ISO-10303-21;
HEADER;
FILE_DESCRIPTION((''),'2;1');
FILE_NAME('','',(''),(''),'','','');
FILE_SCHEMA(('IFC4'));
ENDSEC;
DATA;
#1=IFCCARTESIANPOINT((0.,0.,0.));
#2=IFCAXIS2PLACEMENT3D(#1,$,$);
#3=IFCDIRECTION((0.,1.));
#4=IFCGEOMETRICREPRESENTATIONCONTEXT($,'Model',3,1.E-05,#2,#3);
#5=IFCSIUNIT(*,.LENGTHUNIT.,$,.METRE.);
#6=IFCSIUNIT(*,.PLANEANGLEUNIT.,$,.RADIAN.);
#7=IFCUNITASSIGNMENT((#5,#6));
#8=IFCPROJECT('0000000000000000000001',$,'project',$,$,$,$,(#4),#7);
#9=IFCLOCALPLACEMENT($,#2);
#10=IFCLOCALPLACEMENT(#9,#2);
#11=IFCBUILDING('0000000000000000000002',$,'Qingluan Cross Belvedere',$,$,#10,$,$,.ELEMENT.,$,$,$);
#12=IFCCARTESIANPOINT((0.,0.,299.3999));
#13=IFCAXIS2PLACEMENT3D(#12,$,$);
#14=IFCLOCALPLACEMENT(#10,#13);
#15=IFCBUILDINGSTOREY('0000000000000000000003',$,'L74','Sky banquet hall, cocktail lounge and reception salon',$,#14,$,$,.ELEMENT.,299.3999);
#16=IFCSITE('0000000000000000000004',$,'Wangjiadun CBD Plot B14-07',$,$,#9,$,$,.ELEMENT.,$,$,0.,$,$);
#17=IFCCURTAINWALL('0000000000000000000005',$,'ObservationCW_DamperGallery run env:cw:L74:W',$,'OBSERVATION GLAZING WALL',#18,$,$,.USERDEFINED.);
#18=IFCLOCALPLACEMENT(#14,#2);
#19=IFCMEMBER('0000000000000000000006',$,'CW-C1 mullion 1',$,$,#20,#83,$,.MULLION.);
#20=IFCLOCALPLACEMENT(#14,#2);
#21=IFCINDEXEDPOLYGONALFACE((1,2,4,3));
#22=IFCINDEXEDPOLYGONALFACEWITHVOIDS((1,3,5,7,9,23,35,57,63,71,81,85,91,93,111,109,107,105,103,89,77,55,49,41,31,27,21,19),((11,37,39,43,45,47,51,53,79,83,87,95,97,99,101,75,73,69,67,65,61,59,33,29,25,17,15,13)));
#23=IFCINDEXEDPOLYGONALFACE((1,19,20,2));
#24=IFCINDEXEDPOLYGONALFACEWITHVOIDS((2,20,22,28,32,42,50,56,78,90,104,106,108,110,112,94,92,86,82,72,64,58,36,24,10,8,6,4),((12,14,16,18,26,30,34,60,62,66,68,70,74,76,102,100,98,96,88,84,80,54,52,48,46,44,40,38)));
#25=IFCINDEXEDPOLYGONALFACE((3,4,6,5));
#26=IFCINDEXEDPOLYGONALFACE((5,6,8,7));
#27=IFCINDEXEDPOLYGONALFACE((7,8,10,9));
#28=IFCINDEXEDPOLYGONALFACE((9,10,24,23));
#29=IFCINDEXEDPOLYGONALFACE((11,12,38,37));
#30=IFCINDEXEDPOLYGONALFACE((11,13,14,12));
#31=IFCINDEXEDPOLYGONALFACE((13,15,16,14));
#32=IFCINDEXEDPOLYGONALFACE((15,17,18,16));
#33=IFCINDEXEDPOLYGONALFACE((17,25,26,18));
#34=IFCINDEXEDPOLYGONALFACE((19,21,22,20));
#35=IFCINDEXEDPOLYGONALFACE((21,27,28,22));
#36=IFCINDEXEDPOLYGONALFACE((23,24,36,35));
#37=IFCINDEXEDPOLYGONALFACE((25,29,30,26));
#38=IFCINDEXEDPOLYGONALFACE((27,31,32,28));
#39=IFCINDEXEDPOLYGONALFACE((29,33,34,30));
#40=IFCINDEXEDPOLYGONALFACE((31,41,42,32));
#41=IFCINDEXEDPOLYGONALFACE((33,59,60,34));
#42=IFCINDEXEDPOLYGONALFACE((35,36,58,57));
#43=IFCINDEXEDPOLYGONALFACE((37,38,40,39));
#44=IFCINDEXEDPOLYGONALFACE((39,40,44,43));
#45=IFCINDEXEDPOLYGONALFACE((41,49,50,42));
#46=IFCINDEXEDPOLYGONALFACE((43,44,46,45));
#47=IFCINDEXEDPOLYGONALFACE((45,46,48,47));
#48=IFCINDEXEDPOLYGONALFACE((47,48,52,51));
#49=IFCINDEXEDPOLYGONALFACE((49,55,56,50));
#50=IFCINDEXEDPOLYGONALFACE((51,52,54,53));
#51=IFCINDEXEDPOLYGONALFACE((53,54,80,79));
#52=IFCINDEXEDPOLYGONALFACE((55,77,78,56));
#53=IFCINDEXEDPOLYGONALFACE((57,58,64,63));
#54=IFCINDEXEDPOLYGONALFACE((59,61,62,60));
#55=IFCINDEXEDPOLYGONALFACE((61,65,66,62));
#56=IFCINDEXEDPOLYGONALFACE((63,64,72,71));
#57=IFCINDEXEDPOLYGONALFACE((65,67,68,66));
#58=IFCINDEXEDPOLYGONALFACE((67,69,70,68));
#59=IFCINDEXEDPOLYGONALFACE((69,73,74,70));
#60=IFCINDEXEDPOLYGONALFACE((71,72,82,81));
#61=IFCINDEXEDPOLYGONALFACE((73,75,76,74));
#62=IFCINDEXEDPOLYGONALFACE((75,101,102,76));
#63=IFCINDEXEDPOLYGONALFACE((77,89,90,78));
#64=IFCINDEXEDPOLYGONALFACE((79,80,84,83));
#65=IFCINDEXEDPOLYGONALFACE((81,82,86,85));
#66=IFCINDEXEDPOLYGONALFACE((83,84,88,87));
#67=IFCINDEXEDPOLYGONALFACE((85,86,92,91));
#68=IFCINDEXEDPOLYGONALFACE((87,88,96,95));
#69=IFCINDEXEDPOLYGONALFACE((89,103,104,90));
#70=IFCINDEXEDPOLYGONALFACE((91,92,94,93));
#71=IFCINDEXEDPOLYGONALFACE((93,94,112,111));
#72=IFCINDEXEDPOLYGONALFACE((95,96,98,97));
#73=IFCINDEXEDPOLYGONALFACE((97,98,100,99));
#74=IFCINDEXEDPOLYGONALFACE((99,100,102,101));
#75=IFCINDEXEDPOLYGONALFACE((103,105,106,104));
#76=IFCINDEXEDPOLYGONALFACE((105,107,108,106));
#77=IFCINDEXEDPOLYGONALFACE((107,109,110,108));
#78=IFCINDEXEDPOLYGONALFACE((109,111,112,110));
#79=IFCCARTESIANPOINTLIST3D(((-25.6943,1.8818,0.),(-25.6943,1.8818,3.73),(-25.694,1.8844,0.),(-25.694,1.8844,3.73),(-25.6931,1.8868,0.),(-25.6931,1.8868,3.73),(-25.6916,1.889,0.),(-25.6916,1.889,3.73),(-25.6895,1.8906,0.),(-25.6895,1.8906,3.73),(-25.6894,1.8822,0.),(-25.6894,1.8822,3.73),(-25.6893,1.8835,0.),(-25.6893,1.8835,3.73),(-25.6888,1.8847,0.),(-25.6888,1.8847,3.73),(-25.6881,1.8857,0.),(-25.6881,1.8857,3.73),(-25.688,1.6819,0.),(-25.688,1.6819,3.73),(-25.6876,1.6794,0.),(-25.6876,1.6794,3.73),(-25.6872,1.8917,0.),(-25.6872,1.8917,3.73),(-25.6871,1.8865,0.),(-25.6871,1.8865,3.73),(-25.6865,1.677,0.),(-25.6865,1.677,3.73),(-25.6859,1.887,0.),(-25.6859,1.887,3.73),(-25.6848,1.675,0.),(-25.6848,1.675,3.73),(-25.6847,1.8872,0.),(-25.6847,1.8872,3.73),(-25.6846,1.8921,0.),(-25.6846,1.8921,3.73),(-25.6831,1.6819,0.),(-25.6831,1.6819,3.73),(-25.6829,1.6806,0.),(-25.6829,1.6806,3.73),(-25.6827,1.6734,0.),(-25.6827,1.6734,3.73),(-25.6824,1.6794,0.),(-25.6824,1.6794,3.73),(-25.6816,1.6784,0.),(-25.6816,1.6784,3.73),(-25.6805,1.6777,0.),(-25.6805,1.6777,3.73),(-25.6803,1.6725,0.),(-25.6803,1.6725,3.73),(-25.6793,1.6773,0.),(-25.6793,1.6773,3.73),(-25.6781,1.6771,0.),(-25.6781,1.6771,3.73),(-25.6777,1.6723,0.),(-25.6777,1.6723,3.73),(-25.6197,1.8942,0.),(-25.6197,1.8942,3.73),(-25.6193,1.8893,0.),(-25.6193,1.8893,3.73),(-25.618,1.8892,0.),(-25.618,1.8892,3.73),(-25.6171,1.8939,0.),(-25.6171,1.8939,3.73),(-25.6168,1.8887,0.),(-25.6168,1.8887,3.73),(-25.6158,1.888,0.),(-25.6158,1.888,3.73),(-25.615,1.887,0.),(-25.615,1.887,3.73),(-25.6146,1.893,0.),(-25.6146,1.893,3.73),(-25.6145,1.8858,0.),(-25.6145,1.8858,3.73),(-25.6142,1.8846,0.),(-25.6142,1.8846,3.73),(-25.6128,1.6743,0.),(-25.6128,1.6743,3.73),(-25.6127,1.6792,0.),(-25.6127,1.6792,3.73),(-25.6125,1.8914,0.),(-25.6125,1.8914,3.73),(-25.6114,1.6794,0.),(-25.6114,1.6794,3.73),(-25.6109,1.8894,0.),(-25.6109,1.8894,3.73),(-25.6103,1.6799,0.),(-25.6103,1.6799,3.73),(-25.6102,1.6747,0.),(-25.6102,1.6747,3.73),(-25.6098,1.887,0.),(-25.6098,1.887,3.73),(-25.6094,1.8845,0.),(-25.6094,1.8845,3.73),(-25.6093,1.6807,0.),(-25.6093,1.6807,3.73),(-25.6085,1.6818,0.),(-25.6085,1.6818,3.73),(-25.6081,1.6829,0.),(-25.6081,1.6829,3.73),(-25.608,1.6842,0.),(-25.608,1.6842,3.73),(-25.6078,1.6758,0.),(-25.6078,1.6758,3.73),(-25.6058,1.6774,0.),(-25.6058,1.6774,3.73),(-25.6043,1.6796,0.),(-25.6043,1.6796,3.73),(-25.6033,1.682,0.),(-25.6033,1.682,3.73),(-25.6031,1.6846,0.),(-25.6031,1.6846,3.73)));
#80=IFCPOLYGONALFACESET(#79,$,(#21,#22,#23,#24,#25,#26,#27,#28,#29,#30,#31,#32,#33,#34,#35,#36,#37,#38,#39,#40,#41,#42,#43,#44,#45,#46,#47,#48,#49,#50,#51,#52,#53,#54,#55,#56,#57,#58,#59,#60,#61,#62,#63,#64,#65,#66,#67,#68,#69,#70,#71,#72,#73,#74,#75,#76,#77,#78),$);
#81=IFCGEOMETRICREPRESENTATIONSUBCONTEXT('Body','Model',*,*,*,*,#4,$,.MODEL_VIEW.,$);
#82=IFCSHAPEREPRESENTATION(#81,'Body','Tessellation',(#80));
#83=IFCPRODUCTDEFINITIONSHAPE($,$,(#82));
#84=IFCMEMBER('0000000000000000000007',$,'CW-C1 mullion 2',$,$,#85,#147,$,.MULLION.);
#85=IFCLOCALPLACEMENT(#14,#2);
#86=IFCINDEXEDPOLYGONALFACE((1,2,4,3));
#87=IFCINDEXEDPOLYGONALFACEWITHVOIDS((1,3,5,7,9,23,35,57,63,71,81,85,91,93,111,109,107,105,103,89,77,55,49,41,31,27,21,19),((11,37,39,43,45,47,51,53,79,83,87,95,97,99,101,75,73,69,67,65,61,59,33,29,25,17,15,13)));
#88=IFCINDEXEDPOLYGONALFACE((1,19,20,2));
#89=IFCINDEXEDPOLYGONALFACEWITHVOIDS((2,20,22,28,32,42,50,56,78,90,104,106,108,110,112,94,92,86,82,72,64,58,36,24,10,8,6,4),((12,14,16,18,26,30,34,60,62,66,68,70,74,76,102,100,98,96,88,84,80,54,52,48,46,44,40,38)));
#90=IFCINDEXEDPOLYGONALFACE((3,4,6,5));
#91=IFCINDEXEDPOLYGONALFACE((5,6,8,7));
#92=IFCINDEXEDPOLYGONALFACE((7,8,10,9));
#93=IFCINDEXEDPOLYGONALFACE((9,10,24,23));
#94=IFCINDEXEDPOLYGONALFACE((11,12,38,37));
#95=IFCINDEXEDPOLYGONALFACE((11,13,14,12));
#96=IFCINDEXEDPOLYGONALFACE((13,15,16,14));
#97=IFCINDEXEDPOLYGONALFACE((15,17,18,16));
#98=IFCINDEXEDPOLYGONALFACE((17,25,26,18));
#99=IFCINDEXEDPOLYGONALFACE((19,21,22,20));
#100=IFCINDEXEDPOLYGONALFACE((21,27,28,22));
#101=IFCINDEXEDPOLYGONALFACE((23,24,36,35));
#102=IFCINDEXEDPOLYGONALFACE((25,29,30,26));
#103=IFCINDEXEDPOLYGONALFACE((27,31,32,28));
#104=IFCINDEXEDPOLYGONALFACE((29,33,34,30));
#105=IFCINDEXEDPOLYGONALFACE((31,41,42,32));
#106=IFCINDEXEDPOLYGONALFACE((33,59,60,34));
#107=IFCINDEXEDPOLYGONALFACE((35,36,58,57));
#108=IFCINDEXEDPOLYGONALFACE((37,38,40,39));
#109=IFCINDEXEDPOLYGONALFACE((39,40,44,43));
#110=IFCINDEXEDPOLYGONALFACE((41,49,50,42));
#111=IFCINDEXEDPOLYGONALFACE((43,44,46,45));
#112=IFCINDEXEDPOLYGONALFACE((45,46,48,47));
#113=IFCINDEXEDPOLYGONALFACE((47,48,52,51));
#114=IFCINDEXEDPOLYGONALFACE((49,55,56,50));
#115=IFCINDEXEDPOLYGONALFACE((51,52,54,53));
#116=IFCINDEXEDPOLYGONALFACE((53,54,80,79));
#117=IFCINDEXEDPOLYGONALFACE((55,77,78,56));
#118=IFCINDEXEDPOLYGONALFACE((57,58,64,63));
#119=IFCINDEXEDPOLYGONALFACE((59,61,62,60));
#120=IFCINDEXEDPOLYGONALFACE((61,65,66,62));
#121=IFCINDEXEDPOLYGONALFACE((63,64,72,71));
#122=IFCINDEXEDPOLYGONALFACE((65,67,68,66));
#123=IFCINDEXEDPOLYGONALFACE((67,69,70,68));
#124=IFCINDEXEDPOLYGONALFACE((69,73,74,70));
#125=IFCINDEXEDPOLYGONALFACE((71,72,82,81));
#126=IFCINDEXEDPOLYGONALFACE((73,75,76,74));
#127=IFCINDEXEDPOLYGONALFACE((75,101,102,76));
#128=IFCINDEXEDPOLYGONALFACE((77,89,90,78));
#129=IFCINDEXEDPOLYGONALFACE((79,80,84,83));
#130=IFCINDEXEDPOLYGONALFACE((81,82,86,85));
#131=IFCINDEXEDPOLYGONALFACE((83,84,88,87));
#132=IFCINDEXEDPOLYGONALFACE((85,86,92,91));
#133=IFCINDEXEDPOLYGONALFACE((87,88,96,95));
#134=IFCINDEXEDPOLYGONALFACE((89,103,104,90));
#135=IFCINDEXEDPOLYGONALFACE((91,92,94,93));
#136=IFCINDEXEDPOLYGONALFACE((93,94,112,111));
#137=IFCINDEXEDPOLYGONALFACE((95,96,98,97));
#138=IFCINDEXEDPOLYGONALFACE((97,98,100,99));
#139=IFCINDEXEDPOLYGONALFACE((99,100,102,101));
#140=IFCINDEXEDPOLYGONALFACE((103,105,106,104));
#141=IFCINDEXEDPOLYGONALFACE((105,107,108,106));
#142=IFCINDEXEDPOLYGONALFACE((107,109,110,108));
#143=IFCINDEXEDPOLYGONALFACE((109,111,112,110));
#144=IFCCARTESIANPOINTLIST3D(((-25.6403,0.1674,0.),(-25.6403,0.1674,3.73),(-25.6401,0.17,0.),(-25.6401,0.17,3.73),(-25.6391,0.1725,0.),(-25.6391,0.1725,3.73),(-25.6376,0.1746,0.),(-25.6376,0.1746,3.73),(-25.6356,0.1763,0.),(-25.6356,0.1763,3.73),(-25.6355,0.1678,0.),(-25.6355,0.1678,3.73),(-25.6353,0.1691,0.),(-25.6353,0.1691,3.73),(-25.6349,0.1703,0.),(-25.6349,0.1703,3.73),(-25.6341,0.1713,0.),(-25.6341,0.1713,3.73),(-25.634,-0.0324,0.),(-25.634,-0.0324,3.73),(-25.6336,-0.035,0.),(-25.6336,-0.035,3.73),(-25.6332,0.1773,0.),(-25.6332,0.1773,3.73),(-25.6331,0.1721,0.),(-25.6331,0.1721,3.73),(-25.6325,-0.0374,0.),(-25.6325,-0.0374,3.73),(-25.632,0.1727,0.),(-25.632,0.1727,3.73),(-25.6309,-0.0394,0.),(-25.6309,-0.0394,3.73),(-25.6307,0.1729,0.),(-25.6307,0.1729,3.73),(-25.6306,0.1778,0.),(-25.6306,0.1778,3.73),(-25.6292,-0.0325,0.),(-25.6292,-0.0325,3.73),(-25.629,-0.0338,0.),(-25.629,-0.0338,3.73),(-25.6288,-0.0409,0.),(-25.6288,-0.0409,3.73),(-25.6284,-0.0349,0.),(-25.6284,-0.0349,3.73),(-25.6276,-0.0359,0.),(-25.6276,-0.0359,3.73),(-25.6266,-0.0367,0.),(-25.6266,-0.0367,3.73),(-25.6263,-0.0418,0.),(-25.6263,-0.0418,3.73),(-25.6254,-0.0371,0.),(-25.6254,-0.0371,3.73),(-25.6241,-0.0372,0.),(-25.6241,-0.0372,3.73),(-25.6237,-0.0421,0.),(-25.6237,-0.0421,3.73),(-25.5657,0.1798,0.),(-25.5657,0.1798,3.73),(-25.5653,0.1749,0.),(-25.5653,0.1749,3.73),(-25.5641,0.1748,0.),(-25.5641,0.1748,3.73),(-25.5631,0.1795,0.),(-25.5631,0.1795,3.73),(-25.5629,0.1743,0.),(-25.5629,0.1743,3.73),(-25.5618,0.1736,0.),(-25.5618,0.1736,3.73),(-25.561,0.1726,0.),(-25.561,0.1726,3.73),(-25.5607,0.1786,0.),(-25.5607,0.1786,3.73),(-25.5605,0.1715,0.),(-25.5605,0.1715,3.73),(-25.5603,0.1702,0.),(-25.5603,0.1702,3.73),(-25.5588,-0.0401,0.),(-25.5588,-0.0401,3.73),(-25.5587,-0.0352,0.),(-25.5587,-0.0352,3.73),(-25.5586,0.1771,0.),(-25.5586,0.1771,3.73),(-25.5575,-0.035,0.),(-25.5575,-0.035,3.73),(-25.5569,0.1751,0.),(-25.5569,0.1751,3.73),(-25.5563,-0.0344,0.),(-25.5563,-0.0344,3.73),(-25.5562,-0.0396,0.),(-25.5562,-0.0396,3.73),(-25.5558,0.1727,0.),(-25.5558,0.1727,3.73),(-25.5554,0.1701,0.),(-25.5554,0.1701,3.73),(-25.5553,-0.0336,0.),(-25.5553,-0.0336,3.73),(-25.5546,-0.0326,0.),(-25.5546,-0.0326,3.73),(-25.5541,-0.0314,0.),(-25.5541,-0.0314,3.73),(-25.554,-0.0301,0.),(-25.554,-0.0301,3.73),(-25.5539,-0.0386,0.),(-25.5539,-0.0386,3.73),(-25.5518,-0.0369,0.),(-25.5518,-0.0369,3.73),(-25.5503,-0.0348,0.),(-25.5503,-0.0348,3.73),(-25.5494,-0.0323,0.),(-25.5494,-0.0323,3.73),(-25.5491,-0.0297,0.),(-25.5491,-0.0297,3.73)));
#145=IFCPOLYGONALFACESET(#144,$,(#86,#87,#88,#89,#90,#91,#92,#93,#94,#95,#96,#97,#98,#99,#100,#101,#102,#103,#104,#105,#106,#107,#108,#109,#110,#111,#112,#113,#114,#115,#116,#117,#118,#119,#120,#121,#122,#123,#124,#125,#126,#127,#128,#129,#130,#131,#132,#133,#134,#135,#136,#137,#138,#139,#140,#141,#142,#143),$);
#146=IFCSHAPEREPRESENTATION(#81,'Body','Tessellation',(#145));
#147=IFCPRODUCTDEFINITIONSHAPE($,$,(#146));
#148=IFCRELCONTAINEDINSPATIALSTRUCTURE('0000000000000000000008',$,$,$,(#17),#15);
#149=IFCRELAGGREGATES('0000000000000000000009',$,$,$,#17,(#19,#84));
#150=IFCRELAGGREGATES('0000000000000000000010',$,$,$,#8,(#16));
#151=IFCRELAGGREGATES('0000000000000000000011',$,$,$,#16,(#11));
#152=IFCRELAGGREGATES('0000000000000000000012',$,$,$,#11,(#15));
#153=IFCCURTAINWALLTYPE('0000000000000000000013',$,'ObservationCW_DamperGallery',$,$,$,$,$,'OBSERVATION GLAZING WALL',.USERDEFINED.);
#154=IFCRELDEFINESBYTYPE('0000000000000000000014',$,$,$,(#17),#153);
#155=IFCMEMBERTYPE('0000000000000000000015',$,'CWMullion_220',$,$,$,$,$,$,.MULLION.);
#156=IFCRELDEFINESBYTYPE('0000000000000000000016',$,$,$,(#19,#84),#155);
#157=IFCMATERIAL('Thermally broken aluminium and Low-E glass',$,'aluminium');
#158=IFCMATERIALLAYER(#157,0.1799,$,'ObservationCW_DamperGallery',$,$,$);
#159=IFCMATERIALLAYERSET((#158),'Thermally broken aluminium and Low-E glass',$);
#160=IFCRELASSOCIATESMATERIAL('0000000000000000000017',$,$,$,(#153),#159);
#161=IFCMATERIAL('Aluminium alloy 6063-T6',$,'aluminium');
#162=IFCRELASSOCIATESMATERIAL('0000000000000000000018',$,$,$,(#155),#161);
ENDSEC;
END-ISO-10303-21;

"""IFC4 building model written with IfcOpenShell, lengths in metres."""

from ifc_helpers import new_model, si_unit, direction, frame, origin, origin_2d, place, context, subcontext, project, spatial, hollow_rectangle, extrude, material, layer, layer_set, material_profile, profile_set, type_object, element, aggregate, save


model = new_model("IFC4")

# Units and contexts
model_context = context("Model", 3, precision=1e-05, world=origin(), true_north=direction((0.0, 1.0)))
body_context = subcontext(model_context, "Body", "Model", "MODEL_VIEW")
ifc_project = project(units=[si_unit("LENGTHUNIT", "METRE"), si_unit("PLANEANGLEUNIT", "RADIAN")], contexts=[model_context])

# Site, building, storey
site_placement = place(None, origin())
site = spatial("IfcSite", under=ifc_project, at=site_placement, Name="Wangjiadun CBD Plot B14-07", CompositionType="ELEMENT", RefElevation=0.0)
building_placement = place(site_placement, origin())
building = spatial("IfcBuilding", under=site, at=building_placement, Name="Qingluan Cross Belvedere", CompositionType="ELEMENT")
storey_placement = place(building_placement, frame((0.0, 0.0, 299.3999)))
storey = spatial("IfcBuildingStorey", under=building, at=storey_placement, Name="L74", Description="Sky banquet hall, cocktail lounge and reception salon", CompositionType="ELEMENT", Elevation=299.3999)

# Curtain wall, members
ifc_material_1 = material(Name="Thermally broken aluminium and Low-E glass", Category="aluminium")
ifc_layer_1 = layer(ifc_material_1, 0.1799, Name="ObservationCW_DamperGallery")
ifc_layer_set_1 = layer_set([ifc_layer_1], Name="Thermally broken aluminium and Low-E glass")
curtain_wall_type = type_object("IfcCurtainWallType", Name="ObservationCW_DamperGallery", ElementType="OBSERVATION GLAZING WALL", PredefinedType="USERDEFINED", material=ifc_layer_set_1)
curtain_wall_placement = place(storey_placement, origin())
curtain_wall = element("IfcCurtainWall", 1, at=curtain_wall_placement, inside=storey, type_object=curtain_wall_type, Name="ObservationCW_DamperGallery run env:cw:L74:W", ObjectType="OBSERVATION GLAZING WALL", PredefinedType="USERDEFINED")
ifc_material_2 = material(Name="Aluminium alloy 6063-T6", Category="aluminium")
ifc_material_profile_1 = material_profile(ifc_material_2, hollow_rectangle(XDim=0.085, YDim=0.22, WallThickness=0.0049, InnerFilletRadius=0.0049, OuterFilletRadius=0.01, at=origin_2d()), Name="CWM220x85x5")
ifc_profile_set_1 = profile_set([ifc_material_profile_1], Name="Aluminium alloy 6063-T6")
member_type_1 = type_object("IfcMemberType", Name="CWMullion_220", PredefinedType="MULLION", material=ifc_profile_set_1)
member_1_placement = place(storey_placement, frame((-25.6487, 1.7832, 0.0), z_axis=(0.0, 0.0, 1.0), x_axis=(0.999507, 0.031398, 0.0)))
member_1 = element("IfcMember", 2, at=member_1_placement, type_object=member_type_1, Name="CW-C1 mullion 1", PredefinedType="MULLION", context=body_context, shape_type="SweptSolid", body=[
    extrude(hollow_rectangle(XDim=0.085, YDim=0.22, WallThickness=0.0049, InnerFilletRadius=0.0049, OuterFilletRadius=0.01, at=origin_2d()), origin(), (0.0, 0.0, 1.0), 3.73),
])
member_2_placement = place(storey_placement, frame((-25.5947, 0.0688, 0.0), z_axis=(0.0, 0.0, 1.0), x_axis=(0.999507, 0.031398, 0.0)))
member_2 = element("IfcMember", 3, at=member_2_placement, type_object=member_type_1, Name="CW-C1 mullion 2", PredefinedType="MULLION", context=body_context, shape_type="SweptSolid", body=[
    extrude(hollow_rectangle(XDim=0.085, YDim=0.22, WallThickness=0.0049, InnerFilletRadius=0.0049, OuterFilletRadius=0.01, at=origin_2d()), origin(), (0.0, 0.0, 1.0), 3.73),
])
aggregate(curtain_wall, [member_1, member_2])

save(model, "model.ifc")
